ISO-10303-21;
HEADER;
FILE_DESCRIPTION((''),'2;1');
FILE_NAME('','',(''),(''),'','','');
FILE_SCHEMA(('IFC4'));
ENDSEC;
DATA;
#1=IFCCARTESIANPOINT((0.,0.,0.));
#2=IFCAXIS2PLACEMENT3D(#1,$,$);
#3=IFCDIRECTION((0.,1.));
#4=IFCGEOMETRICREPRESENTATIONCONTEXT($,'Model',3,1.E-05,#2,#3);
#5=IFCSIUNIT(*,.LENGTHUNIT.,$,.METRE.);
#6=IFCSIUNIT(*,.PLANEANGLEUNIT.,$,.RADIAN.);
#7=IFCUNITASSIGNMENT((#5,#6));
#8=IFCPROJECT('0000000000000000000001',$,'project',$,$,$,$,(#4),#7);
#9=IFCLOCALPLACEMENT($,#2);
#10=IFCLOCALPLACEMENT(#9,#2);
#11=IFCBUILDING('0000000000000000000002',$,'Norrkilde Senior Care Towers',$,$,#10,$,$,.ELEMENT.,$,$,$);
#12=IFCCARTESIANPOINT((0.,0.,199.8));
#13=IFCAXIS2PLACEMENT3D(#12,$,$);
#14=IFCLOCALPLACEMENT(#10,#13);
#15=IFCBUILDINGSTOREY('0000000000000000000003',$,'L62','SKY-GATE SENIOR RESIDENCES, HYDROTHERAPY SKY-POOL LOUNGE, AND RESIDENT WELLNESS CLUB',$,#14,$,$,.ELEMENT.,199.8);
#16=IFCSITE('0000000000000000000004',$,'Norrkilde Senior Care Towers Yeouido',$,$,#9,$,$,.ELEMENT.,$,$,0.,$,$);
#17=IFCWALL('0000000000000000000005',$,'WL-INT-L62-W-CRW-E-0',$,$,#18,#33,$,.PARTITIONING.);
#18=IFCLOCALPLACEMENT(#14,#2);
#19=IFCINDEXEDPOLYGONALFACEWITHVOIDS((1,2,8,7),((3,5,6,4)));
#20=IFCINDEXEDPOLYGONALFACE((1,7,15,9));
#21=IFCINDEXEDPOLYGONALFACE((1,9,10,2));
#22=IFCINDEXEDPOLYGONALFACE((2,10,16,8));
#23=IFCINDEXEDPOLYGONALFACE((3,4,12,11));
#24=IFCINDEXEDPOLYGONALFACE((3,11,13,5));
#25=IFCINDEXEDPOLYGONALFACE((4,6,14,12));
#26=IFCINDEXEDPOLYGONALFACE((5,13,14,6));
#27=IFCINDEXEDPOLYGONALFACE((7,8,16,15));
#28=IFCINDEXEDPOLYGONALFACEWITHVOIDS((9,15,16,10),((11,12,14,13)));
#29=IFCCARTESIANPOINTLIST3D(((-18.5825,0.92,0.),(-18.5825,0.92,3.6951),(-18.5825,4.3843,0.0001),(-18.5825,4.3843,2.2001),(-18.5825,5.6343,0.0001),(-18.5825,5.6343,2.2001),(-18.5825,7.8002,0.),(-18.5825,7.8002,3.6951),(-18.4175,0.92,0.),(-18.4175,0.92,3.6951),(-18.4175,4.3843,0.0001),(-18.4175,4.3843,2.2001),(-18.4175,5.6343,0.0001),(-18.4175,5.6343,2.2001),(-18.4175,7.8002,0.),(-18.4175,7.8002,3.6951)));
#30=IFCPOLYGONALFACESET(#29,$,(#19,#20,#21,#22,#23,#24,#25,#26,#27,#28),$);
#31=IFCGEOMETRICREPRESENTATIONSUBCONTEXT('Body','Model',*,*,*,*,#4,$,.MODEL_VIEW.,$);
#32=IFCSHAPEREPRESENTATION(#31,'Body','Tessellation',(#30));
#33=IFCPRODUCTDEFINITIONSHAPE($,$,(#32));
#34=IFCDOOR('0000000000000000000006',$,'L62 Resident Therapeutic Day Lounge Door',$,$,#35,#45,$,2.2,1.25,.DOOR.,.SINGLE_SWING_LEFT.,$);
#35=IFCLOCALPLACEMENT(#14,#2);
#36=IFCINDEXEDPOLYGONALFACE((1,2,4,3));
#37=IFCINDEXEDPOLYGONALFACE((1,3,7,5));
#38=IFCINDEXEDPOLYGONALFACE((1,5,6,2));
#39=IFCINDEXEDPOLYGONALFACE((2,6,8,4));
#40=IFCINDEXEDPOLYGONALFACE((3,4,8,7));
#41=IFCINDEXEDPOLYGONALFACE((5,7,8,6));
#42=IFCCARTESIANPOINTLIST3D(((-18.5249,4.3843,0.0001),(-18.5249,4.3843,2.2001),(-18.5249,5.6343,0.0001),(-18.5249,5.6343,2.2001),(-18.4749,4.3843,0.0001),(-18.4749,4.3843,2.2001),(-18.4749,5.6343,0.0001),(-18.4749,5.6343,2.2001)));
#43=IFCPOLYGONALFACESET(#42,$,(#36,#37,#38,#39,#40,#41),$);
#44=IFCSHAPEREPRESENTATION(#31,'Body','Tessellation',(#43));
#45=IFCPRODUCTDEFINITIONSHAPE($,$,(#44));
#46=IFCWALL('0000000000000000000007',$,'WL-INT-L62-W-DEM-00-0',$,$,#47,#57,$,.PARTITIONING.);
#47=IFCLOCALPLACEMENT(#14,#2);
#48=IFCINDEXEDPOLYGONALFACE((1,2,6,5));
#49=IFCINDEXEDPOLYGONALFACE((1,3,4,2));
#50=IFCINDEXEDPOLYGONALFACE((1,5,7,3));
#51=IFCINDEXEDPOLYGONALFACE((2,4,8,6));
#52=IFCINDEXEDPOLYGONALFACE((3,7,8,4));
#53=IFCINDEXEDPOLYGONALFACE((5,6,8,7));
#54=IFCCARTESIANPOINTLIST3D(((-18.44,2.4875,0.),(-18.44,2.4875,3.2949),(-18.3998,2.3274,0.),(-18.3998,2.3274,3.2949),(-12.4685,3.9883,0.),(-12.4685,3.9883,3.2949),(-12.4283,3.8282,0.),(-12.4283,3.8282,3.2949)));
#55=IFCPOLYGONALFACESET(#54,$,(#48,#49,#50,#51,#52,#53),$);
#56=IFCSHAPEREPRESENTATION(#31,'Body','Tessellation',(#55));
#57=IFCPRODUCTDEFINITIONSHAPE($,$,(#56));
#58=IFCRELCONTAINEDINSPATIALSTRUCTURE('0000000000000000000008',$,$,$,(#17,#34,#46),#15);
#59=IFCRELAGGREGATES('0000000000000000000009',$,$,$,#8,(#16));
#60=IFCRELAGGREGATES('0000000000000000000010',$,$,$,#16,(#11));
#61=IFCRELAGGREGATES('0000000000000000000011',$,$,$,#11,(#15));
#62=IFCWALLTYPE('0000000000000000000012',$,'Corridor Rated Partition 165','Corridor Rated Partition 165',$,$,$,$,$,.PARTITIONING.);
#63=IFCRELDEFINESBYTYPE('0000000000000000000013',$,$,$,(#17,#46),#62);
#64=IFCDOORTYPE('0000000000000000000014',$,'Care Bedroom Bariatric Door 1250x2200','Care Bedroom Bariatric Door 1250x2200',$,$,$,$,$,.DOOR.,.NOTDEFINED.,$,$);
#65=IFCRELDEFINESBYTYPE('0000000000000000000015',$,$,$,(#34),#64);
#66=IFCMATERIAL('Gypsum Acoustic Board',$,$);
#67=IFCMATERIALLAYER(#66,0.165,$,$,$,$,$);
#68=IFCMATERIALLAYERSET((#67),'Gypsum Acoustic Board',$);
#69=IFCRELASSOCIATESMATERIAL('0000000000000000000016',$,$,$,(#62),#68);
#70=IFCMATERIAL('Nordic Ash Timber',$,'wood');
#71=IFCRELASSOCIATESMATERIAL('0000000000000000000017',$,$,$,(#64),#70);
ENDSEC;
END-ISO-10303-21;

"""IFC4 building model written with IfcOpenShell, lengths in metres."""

from ifc_helpers import new_model, si_unit, direction, frame, frame_2d, origin, place, context, subcontext, project, spatial, rectangle, extrude, source, transform, mapped, material, layer, layer_set, type_object, type_shapes, element, fill, save


model = new_model("IFC4")

# Units and contexts
model_context = context("Model", 3, precision=1e-05, world=origin(), true_north=direction((0.0, 1.0)))
body_context = subcontext(model_context, "Body", "Model", "MODEL_VIEW")
ifc_project = project(units=[si_unit("LENGTHUNIT", "METRE"), si_unit("PLANEANGLEUNIT", "RADIAN")], contexts=[model_context])

# Site, building, storey
site_placement = place(None, origin())
site = spatial("IfcSite", under=ifc_project, at=site_placement, Name="Norrkilde Senior Care Towers Yeouido", CompositionType="ELEMENT", RefElevation=0.0)
building_placement = place(site_placement, origin())
building = spatial("IfcBuilding", under=site, at=building_placement, Name="Norrkilde Senior Care Towers", CompositionType="ELEMENT")
storey_placement = place(building_placement, frame((0.0, 0.0, 199.8)))
storey = spatial("IfcBuildingStorey", under=building, at=storey_placement, Name="L62", Description="SKY-GATE SENIOR RESIDENCES, HYDROTHERAPY SKY-POOL LOUNGE, AND RESIDENT WELLNESS CLUB", CompositionType="ELEMENT", Elevation=199.8)

# Wall, opening, door
ifc_material_1 = material(Name="Gypsum Acoustic Board")
ifc_layer_1 = layer(ifc_material_1, 0.165)
ifc_layer_set_1 = layer_set([ifc_layer_1], Name="Gypsum Acoustic Board")
wall_type = type_object("IfcWallType", Name="Corridor Rated Partition 165", Description="Corridor Rated Partition 165", PredefinedType="PARTITIONING", material=ifc_layer_set_1)
shared_shape_1 = source(origin(), body_context, "Body", "SweptSolid", [
    extrude(rectangle(XDim=6.8801, YDim=0.165, at=frame_2d((3.4399, 0.0))), origin(), (0.0, 0.0, 1.0), 3.6951),
])
wall_1_placement = place(storey_placement, frame((-18.5, 7.8, 0.0), z_axis=(0.0, 0.0, 1.0), x_axis=(0.0, -1.0, 0.0)))
wall_1 = element("IfcWall", 1, at=wall_1_placement, inside=storey, type_object=wall_type, Name="WL-INT-L62-W-CRW-E-0", PredefinedType="PARTITIONING", context=body_context, shape_type="MappedRepresentation", body=[
    mapped(shared_shape_1, transform((0.0, 0.0, 0.0), x_axis=(1.0, 0.0, 0.0), y_axis=(0.0, 1.0, 0.0), z_axis=(0.0, 0.0, 1.0), scale=1.0)),
])
opening_1_placement = place(wall_1_placement, frame((2.1658, 0.0, 0.0)))
opening_1 = element("IfcOpeningElement", 2, at=opening_1_placement, cuts=wall_1, PredefinedType="OPENING", context=body_context, shape_type="SweptSolid", body=[
    extrude(rectangle(XDim=1.25, YDim=2.2, at=frame_2d((0.625, 1.1001))), frame((0.0, 0.0925, 0.0), z_axis=(0.0, -1.0, 0.0), x_axis=(1.0, 0.0, 0.0)), (0.0, 0.0, 1.0), 0.1851),
])
ifc_material_2 = material(Name="Nordic Ash Timber", Category="wood")
door_type_1 = type_object("IfcDoorType", Name="Care Bedroom Bariatric Door 1250x2200", Description="Care Bedroom Bariatric Door 1250x2200", OperationType="NOTDEFINED", PredefinedType="DOOR", material=ifc_material_2)
shared_shape_2 = source(origin(), body_context, "Body", "SweptSolid", [
    extrude(rectangle(XDim=1.25, YDim=2.2, at=frame_2d((0.625, 1.1001))), frame((0.0, 0.0249, 0.0), z_axis=(0.0, -1.0, 0.0), x_axis=(1.0, 0.0, 0.0)), (0.0, 0.0, 1.0), 0.05),
])
type_shapes(door_type_1, [shared_shape_2])
door_1_placement = place(opening_1_placement, frame((1.25, 0.0, 0.0), z_axis=(0.0, 0.0, 1.0), x_axis=(-1.0, 0.0, 0.0)))
door_1 = element("IfcDoor", 3, at=door_1_placement, inside=storey, type_object=door_type_1, Name="L62 Resident Therapeutic Day Lounge Door", OperationType="SINGLE_SWING_LEFT", OverallHeight=2.2, OverallWidth=1.25, PredefinedType="DOOR", context=body_context, shape_type="MappedRepresentation", body=[
    mapped(shared_shape_2, transform((0.0, 0.0, 0.0), x_axis=(1.0, 0.0, 0.0), y_axis=(0.0, 1.0, 0.0), z_axis=(0.0, 0.0, 1.0), scale=1.0)),
])
fill(opening_1, door_1)

# Wall
shared_shape_3 = source(origin(), body_context, "Body", "SweptSolid", [
    extrude(rectangle(XDim=6.1572, YDim=0.165, at=frame_2d((3.0786, 0.0))), origin(), (0.0, 0.0, 1.0), 3.2949),
])
wall_2_placement = place(storey_placement, frame((-18.4199, 2.4075, 0.0), z_axis=(0.0, 0.0, 1.0), x_axis=(0.969841, 0.243739, 0.0)))
element("IfcWall", 4, at=wall_2_placement, inside=storey, type_object=wall_type, Name="WL-INT-L62-W-DEM-00-0", PredefinedType="PARTITIONING", context=body_context, shape_type="MappedRepresentation", body=[
    mapped(shared_shape_3, transform((0.0, 0.0, 0.0), x_axis=(1.0, 0.0, 0.0), y_axis=(0.0, 1.0, 0.0), z_axis=(0.0, 0.0, 1.0), scale=1.0)),
])

save(model, "model.ifc")
